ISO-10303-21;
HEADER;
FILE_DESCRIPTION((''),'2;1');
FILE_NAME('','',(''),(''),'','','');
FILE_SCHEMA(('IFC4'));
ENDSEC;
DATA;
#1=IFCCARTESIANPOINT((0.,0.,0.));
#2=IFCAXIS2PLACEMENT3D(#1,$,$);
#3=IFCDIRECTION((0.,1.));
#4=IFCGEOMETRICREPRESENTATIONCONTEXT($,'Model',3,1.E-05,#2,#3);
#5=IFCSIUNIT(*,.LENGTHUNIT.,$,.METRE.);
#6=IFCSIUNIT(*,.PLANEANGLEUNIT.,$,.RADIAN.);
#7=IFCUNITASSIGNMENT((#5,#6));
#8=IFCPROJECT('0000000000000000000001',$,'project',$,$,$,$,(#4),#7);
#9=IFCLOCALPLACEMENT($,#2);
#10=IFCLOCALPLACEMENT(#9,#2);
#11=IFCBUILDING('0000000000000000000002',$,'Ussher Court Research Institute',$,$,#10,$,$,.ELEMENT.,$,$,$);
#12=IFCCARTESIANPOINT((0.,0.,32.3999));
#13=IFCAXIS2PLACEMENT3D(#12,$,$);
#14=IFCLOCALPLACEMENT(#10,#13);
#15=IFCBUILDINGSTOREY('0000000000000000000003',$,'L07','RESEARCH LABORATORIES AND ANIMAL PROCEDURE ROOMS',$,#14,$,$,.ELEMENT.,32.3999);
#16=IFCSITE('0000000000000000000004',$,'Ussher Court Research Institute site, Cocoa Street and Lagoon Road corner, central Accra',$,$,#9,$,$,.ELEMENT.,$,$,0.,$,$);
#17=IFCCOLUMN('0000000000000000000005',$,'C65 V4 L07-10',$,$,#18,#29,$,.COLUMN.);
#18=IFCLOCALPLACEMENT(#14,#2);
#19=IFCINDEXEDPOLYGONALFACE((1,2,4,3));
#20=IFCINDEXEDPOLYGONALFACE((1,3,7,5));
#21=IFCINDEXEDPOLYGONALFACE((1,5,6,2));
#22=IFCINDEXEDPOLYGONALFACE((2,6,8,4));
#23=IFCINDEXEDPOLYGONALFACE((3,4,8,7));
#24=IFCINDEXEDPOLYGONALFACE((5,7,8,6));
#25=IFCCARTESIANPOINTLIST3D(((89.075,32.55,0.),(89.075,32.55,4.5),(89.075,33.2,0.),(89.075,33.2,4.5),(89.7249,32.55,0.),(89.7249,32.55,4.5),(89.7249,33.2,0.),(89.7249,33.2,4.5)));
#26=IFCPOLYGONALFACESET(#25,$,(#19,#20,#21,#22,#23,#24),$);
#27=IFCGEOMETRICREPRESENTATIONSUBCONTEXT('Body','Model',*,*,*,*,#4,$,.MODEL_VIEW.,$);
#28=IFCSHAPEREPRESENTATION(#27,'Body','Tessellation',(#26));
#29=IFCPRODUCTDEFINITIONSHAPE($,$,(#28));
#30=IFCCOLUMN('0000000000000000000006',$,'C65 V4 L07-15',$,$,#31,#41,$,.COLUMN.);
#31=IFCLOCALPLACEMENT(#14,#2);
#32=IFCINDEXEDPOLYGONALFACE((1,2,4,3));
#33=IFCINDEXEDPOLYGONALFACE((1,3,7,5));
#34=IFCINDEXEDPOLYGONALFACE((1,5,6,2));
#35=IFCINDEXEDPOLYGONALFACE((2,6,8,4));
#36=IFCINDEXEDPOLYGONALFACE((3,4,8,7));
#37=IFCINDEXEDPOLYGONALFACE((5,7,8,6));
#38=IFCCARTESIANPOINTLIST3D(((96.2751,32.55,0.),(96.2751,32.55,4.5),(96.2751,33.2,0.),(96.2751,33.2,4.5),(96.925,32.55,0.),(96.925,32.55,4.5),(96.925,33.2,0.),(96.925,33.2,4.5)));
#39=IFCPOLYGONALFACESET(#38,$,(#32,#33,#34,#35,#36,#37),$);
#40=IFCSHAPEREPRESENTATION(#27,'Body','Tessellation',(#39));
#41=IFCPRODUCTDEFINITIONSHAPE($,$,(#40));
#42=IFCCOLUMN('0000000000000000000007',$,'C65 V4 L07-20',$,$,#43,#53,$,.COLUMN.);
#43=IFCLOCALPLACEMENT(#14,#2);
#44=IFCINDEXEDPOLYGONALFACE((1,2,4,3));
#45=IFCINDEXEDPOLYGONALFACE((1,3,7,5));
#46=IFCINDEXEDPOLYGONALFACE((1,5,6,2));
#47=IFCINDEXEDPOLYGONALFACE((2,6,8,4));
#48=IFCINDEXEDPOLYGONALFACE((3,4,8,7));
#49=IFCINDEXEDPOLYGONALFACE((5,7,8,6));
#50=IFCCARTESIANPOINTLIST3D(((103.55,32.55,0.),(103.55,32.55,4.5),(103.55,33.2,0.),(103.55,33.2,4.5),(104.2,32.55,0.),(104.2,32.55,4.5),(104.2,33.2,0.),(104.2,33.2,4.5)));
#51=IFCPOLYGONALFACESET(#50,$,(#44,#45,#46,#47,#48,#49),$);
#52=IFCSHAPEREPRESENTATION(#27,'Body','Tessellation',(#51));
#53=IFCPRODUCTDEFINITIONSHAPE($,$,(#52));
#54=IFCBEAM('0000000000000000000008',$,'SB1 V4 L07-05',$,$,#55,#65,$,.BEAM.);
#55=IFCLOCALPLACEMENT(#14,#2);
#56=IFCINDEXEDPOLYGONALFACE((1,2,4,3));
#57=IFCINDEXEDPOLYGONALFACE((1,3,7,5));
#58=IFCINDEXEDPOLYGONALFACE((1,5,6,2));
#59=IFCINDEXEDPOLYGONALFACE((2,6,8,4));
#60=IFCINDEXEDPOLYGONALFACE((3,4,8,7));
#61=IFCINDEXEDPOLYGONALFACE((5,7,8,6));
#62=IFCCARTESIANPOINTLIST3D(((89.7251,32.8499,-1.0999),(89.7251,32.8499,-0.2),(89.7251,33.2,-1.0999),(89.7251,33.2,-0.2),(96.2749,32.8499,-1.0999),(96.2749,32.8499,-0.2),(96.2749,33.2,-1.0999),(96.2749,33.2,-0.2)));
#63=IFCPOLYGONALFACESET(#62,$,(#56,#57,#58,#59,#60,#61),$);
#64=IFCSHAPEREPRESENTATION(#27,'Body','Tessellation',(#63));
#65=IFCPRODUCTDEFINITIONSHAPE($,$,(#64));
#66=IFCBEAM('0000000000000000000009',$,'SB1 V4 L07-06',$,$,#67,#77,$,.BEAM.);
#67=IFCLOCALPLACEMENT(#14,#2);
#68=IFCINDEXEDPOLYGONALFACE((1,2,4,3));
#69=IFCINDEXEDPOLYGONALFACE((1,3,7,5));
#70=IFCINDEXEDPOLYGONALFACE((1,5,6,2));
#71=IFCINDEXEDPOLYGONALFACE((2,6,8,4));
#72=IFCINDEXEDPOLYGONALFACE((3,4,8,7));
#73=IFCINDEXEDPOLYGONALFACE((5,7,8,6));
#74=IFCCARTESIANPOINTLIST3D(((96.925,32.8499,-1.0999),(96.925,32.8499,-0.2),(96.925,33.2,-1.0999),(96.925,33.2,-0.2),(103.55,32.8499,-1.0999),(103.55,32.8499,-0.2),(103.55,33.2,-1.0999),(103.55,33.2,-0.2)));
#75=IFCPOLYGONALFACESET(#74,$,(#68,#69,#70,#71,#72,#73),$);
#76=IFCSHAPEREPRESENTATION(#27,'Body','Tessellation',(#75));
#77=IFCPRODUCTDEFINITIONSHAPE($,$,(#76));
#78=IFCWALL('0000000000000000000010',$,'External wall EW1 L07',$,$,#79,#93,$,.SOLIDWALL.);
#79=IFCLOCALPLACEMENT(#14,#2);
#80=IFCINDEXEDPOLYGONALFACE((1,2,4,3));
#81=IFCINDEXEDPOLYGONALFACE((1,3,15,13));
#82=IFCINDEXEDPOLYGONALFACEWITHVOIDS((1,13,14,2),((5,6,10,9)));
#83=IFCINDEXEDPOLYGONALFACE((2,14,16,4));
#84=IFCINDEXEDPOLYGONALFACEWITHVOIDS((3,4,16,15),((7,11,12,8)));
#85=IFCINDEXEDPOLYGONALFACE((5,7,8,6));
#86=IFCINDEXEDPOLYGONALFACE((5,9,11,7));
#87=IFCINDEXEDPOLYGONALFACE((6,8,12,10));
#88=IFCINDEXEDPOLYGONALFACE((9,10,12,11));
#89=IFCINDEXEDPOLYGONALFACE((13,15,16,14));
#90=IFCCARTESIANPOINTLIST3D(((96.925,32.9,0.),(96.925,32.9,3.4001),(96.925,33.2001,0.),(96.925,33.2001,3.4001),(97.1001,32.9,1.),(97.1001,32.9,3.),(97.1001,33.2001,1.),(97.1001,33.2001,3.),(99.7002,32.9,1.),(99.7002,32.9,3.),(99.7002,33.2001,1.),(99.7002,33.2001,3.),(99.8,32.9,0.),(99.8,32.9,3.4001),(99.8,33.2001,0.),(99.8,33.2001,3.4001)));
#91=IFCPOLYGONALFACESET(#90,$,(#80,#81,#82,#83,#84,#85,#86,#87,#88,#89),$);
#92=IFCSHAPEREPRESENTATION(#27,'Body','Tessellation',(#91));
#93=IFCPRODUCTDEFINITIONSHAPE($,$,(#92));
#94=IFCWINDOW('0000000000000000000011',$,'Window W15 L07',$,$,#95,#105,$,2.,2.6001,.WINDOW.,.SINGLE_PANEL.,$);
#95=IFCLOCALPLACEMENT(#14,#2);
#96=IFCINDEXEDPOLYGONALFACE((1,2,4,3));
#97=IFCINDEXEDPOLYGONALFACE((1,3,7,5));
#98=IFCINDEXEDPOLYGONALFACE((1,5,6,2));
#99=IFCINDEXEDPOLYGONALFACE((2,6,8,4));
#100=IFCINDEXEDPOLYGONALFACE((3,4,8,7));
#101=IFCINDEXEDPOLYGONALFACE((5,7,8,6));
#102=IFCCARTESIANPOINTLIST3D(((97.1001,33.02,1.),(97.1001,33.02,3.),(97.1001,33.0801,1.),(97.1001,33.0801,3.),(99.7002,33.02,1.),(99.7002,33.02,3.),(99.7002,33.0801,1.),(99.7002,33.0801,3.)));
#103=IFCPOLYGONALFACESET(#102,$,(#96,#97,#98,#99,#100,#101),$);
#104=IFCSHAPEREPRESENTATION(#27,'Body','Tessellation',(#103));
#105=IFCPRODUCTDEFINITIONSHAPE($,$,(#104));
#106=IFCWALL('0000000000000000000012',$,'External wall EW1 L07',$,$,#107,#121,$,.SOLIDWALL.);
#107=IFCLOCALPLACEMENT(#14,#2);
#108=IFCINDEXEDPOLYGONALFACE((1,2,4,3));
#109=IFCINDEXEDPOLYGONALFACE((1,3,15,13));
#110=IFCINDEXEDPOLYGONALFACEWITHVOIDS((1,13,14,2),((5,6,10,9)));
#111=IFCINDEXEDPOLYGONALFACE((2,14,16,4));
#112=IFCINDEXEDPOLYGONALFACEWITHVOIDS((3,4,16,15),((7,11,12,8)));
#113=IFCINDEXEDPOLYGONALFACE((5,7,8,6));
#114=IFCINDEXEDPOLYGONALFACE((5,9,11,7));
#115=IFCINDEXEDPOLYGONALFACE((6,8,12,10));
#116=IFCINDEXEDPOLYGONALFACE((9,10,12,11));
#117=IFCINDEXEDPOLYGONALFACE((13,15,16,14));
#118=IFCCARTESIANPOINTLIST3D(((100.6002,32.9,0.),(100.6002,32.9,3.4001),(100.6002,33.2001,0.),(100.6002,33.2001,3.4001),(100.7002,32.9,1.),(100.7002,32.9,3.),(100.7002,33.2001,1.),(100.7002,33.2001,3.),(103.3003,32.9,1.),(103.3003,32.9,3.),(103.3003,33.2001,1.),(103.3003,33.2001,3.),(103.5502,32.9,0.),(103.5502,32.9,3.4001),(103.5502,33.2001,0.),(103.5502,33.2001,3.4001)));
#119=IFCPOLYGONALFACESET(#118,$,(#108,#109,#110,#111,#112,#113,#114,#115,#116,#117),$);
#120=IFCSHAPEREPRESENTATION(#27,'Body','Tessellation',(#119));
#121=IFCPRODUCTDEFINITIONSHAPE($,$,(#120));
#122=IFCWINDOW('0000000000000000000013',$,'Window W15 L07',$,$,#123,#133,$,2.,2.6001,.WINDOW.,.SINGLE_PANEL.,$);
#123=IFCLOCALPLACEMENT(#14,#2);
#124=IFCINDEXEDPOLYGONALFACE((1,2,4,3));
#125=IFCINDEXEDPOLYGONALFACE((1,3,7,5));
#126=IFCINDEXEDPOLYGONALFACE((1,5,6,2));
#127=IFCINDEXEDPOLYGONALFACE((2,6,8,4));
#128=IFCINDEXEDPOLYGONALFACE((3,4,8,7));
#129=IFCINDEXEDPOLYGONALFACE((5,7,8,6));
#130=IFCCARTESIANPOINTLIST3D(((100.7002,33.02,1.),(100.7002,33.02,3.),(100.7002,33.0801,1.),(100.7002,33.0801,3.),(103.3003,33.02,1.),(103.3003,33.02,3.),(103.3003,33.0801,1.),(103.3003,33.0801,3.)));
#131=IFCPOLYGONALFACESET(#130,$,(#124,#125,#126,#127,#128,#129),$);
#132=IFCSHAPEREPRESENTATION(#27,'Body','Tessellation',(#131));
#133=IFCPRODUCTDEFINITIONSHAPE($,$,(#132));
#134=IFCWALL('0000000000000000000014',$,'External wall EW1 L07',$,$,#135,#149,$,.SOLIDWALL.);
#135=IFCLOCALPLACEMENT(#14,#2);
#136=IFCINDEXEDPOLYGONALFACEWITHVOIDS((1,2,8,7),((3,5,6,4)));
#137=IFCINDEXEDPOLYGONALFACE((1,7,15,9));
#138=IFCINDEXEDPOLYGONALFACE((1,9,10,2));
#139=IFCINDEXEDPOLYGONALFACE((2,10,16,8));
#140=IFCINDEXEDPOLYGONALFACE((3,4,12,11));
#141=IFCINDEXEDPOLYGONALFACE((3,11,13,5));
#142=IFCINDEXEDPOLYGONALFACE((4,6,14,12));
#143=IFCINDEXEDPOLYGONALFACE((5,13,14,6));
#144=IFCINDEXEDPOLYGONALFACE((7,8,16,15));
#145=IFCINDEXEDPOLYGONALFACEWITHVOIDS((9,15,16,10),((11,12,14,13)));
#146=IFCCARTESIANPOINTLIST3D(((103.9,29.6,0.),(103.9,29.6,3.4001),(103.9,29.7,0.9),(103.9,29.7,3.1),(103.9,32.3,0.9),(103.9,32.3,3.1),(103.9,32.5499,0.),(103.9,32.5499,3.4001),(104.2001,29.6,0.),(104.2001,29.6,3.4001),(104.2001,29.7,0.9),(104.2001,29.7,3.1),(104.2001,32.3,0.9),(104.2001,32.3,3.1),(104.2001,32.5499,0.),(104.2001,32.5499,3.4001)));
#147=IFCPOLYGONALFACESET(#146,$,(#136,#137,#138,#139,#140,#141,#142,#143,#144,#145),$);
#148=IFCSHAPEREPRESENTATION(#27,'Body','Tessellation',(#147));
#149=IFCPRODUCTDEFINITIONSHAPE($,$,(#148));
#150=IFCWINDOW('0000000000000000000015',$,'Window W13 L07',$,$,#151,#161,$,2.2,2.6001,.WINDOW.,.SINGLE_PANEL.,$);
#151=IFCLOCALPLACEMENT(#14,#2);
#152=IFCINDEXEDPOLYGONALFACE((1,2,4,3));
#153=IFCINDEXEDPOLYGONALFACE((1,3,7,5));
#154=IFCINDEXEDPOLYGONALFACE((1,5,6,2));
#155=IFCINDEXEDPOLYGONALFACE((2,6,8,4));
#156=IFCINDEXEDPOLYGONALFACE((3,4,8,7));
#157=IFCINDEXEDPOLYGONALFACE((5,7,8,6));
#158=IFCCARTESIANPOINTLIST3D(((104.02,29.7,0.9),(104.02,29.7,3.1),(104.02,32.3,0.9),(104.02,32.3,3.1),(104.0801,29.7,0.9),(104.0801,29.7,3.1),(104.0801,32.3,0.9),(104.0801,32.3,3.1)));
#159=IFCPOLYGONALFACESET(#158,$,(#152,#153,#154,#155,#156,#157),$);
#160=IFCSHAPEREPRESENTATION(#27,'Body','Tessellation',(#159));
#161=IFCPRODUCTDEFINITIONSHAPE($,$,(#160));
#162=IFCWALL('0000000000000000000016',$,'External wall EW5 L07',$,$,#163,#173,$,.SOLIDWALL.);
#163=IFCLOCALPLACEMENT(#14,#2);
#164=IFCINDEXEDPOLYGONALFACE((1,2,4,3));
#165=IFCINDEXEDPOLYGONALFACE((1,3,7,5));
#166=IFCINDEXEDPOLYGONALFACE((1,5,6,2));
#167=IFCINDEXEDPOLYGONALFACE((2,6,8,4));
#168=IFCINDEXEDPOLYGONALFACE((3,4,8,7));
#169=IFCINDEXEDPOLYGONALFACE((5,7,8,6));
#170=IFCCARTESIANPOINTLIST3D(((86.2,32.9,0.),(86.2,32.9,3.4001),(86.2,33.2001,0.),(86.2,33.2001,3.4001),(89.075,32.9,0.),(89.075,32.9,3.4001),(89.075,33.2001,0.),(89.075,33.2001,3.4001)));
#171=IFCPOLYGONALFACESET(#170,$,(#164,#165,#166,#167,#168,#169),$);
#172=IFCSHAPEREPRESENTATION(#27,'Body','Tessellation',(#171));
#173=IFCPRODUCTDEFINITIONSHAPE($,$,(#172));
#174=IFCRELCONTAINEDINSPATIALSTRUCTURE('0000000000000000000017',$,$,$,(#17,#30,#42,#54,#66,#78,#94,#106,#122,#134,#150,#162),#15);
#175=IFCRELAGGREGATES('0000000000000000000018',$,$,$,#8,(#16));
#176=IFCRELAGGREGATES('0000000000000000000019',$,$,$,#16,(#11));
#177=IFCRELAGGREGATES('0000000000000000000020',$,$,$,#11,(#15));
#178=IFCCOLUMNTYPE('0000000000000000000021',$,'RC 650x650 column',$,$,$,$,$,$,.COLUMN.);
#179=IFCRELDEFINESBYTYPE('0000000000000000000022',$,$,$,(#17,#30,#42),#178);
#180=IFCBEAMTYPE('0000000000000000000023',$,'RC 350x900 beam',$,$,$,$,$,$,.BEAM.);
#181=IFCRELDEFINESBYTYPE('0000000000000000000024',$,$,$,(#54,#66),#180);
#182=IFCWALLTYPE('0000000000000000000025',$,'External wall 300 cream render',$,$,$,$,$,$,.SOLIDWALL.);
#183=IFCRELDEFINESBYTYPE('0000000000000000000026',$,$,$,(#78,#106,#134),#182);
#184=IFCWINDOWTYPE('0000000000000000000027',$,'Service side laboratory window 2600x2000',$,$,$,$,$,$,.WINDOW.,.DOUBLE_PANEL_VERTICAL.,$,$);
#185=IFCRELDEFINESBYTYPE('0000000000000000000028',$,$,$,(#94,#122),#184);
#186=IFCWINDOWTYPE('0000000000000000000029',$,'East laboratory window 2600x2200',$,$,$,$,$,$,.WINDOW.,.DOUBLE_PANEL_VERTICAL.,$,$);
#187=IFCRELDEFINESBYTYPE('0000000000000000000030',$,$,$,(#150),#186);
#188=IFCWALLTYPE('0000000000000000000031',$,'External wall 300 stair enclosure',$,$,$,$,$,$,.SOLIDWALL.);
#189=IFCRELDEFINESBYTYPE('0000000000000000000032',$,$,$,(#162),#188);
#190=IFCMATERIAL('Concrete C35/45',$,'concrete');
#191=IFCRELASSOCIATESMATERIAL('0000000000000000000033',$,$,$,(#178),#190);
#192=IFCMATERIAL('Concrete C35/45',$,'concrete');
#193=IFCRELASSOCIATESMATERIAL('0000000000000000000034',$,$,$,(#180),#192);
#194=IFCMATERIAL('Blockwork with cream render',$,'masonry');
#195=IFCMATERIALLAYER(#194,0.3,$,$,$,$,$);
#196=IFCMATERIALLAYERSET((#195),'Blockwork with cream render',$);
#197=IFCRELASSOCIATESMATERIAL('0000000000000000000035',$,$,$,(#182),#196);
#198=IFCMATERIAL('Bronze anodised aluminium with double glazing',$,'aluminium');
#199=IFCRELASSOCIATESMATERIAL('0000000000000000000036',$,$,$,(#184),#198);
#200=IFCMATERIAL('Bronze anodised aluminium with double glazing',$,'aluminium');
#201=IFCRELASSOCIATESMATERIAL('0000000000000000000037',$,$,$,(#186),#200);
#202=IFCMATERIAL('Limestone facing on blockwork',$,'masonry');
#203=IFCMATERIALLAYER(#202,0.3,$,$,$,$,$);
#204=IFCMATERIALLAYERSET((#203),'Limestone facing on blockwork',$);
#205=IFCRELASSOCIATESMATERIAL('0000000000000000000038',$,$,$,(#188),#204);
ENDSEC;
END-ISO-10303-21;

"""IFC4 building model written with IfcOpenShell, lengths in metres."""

from ifc_helpers import new_model, si_unit, direction, frame, frame_2d, origin, origin_2d, place, context, subcontext, project, spatial, rectangle, extrude, material, layer, layer_set, material_profile, profile_set, type_object, element, fill, save


model = new_model("IFC4")

# Units and contexts
model_context = context("Model", 3, precision=1e-05, world=origin(), true_north=direction((0.0, 1.0)))
body_context = subcontext(model_context, "Body", "Model", "MODEL_VIEW")
ifc_project = project(units=[si_unit("LENGTHUNIT", "METRE"), si_unit("PLANEANGLEUNIT", "RADIAN")], contexts=[model_context])

# Site, building, storey
site_placement = place(None, origin())
site = spatial("IfcSite", under=ifc_project, at=site_placement, Name="Ussher Court Research Institute site, Cocoa Street and Lagoon Road corner, central Accra", CompositionType="ELEMENT", RefElevation=0.0)
building_placement = place(site_placement, origin())
building = spatial("IfcBuilding", under=site, at=building_placement, Name="Ussher Court Research Institute", CompositionType="ELEMENT")
storey_placement = place(building_placement, frame((0.0, 0.0, 32.3999)))
storey = spatial("IfcBuildingStorey", under=building, at=storey_placement, Name="L07", Description="RESEARCH LABORATORIES AND ANIMAL PROCEDURE ROOMS", CompositionType="ELEMENT", Elevation=32.3999)

# Columns
ifc_material_1 = material(Name="Concrete C35/45", Category="concrete")
ifc_material_profile_1 = material_profile(ifc_material_1, rectangle(XDim=0.6499, YDim=0.6499, at=origin_2d()), Name="RC 650x650")
ifc_profile_set_1 = profile_set([ifc_material_profile_1], Name="Concrete C35/45")
column_type = type_object("IfcColumnType", Name="RC 650x650 column", PredefinedType="COLUMN", material=ifc_profile_set_1)
for number, where, z_axis, x_axis, name in (
    (1, (89.3999, 32.875, 0.0), (0.0, 0.0, 1.0), (1.0, 0.0, 0.0), "C65 V4 L07-10"),
    (2, (96.6001, 32.875, 0.0), (0.0, 0.0, 1.0), (1.0, 0.0, 0.0), "C65 V4 L07-15"),
    (3, (103.875, 32.875, 0.0), (0.0, 0.0, 1.0), (1.0, 0.0, 0.0), "C65 V4 L07-20"),
):
    element("IfcColumn", number, at=place(storey_placement, frame(where, z_axis=z_axis, x_axis=x_axis)), inside=storey, type_object=column_type, Name=name, PredefinedType="COLUMN", context=body_context, shape_type="SweptSolid", body=[
        extrude(rectangle(XDim=0.6499, YDim=0.6499, at=origin_2d()), origin(), (0.0, 0.0, 1.0), 4.5),
    ])

# Beams
ifc_material_2 = material(Name="Concrete C35/45", Category="concrete")
ifc_material_profile_2 = material_profile(ifc_material_2, rectangle(XDim=0.3501, YDim=0.8999, at=origin_2d()), Name="RC 350x900")
ifc_profile_set_2 = profile_set([ifc_material_profile_2], Name="Concrete C35/45")
beam_type = type_object("IfcBeamType", Name="RC 350x900 beam", PredefinedType="BEAM", material=ifc_profile_set_2)
beam_1_placement = place(storey_placement, frame((89.7251, 33.0249, -0.6499), z_axis=(1.0, 0.0, 0.0), x_axis=(0.0, 1.0, 0.0)))
element("IfcBeam", 4, at=beam_1_placement, inside=storey, type_object=beam_type, Name="SB1 V4 L07-05", PredefinedType="BEAM", context=body_context, shape_type="SweptSolid", body=[
    extrude(rectangle(XDim=0.3501, YDim=0.8999, at=origin_2d()), origin(), (0.0, 0.0, 1.0), 6.5498),
])
beam_2_placement = place(storey_placement, frame((96.925, 33.0249, -0.6499), z_axis=(1.0, 0.0, 0.0), x_axis=(0.0, 1.0, 0.0)))
element("IfcBeam", 5, at=beam_2_placement, inside=storey, type_object=beam_type, Name="SB1 V4 L07-06", PredefinedType="BEAM", context=body_context, shape_type="SweptSolid", body=[
    extrude(rectangle(XDim=0.3501, YDim=0.8999, at=origin_2d()), origin(), (0.0, 0.0, 1.0), 6.625),
])

# Walls, openings, windows
ifc_material_3 = material(Name="Blockwork with cream render", Category="masonry")
ifc_layer_1 = layer(ifc_material_3, 0.3)
ifc_layer_set_1 = layer_set([ifc_layer_1], Name="Blockwork with cream render")
wall_type_1 = type_object("IfcWallType", Name="External wall 300 cream render", PredefinedType="SOLIDWALL", material=ifc_layer_set_1)
wall_1_placement = place(storey_placement, frame((96.925, 33.05, 0.0), z_axis=(0.0, 0.0, 1.0), x_axis=(1.0, 0.0, 0.0)))
wall_1 = element("IfcWall", 6, at=wall_1_placement, inside=storey, type_object=wall_type_1, Name="External wall EW1 L07", PredefinedType="SOLIDWALL", context=body_context, shape_type="SweptSolid", body=[
    extrude(rectangle(XDim=2.875, YDim=0.3, at=frame_2d((1.4375, 0.0))), origin(), (0.0, 0.0, 1.0), 3.4001),
])
opening_1_placement = place(wall_1_placement, frame((0.175, 0.0, 1.0)))
opening_1 = element("IfcOpeningElement", 7, at=opening_1_placement, cuts=wall_1, PredefinedType="OPENING", context=body_context, shape_type="SweptSolid", body=[
    extrude(rectangle(XDim=2.6001, YDim=2.0, at=frame_2d((1.3, 1.0))), frame((0.0, 0.1602, 0.0), z_axis=(0.0, -1.0, 0.0), x_axis=(1.0, 0.0, 0.0)), (0.0, 0.0, 1.0), 0.3201),
])
ifc_material_4 = material(Name="Bronze anodised aluminium with double glazing", Category="aluminium")
window_type_1 = type_object("IfcWindowType", Name="Service side laboratory window 2600x2000", PartitioningType="DOUBLE_PANEL_VERTICAL", PredefinedType="WINDOW", material=ifc_material_4)
window_1_placement = place(opening_1_placement, origin())
window_1 = element("IfcWindow", 8, at=window_1_placement, inside=storey, type_object=window_type_1, Name="Window W15 L07", OverallHeight=2.0, OverallWidth=2.6001, PartitioningType="SINGLE_PANEL", PredefinedType="WINDOW", context=body_context, shape_type="SweptSolid", body=[
    extrude(rectangle(XDim=2.6001, YDim=2.0, at=frame_2d((1.3, 1.0))), frame((0.0, 0.03, 0.0), z_axis=(0.0, -1.0, 0.0), x_axis=(1.0, 0.0, 0.0)), (0.0, 0.0, 1.0), 0.0601),
])
fill(opening_1, window_1)
wall_2_placement = place(storey_placement, frame((100.6001, 33.05, 0.0), z_axis=(0.0, 0.0, 1.0), x_axis=(1.0, 0.0, 0.0)))
wall_2 = element("IfcWall", 9, at=wall_2_placement, inside=storey, type_object=wall_type_1, Name="External wall EW1 L07", PredefinedType="SOLIDWALL", context=body_context, shape_type="SweptSolid", body=[
    extrude(rectangle(XDim=2.95, YDim=0.3, at=frame_2d((1.4751, 0.0))), origin(), (0.0, 0.0, 1.0), 3.4001),
])
opening_2_placement = place(wall_2_placement, frame((0.1001, 0.0, 1.0)))
opening_2 = element("IfcOpeningElement", 10, at=opening_2_placement, cuts=wall_2, PredefinedType="OPENING", context=body_context, shape_type="SweptSolid", body=[
    extrude(rectangle(XDim=2.6001, YDim=2.0, at=frame_2d((1.3, 1.0))), frame((0.0, 0.1602, 0.0), z_axis=(0.0, -1.0, 0.0), x_axis=(1.0, 0.0, 0.0)), (0.0, 0.0, 1.0), 0.3201),
])
window_2_placement = place(opening_2_placement, origin())
window_2 = element("IfcWindow", 11, at=window_2_placement, inside=storey, type_object=window_type_1, Name="Window W15 L07", OverallHeight=2.0, OverallWidth=2.6001, PartitioningType="SINGLE_PANEL", PredefinedType="WINDOW", context=body_context, shape_type="SweptSolid", body=[
    extrude(rectangle(XDim=2.6001, YDim=2.0, at=frame_2d((1.3, 1.0))), frame((0.0, 0.03, 0.0), z_axis=(0.0, -1.0, 0.0), x_axis=(1.0, 0.0, 0.0)), (0.0, 0.0, 1.0), 0.0601),
])
fill(opening_2, window_2)
wall_3_placement = place(storey_placement, frame((104.05, 32.55, 0.0), z_axis=(0.0, 0.0, 1.0), x_axis=(0.0, -1.0, 0.0)))
wall_3 = element("IfcWall", 12, at=wall_3_placement, inside=storey, type_object=wall_type_1, Name="External wall EW1 L07", PredefinedType="SOLIDWALL", context=body_context, shape_type="SweptSolid", body=[
    extrude(rectangle(XDim=2.95, YDim=0.3, at=frame_2d((1.4751, 0.0))), origin(), (0.0, 0.0, 1.0), 3.4001),
])
opening_3_placement = place(wall_3_placement, frame((0.25, 0.0, 0.8999)))
opening_3 = element("IfcOpeningElement", 13, at=opening_3_placement, cuts=wall_3, PredefinedType="OPENING", context=body_context, shape_type="SweptSolid", body=[
    extrude(rectangle(XDim=2.6001, YDim=2.2, at=frame_2d((1.3, 1.1001))), frame((0.0, 0.1602, 0.0), z_axis=(0.0, -1.0, 0.0), x_axis=(1.0, 0.0, 0.0)), (0.0, 0.0, 1.0), 0.3201),
])
ifc_material_5 = material(Name="Bronze anodised aluminium with double glazing", Category="aluminium")
window_type_2 = type_object("IfcWindowType", Name="East laboratory window 2600x2200", PartitioningType="DOUBLE_PANEL_VERTICAL", PredefinedType="WINDOW", material=ifc_material_5)
window_3_placement = place(opening_3_placement, origin())
window_3 = element("IfcWindow", 14, at=window_3_placement, inside=storey, type_object=window_type_2, Name="Window W13 L07", OverallHeight=2.2, OverallWidth=2.6001, PartitioningType="SINGLE_PANEL", PredefinedType="WINDOW", context=body_context, shape_type="SweptSolid", body=[
    extrude(rectangle(XDim=2.6001, YDim=2.2, at=frame_2d((1.3, 1.1001))), frame((0.0, 0.03, 0.0), z_axis=(0.0, -1.0, 0.0), x_axis=(1.0, 0.0, 0.0)), (0.0, 0.0, 1.0), 0.0601),
])
fill(opening_3, window_3)

# Wall
ifc_material_6 = material(Name="Limestone facing on blockwork", Category="masonry")
ifc_layer_2 = layer(ifc_material_6, 0.3)
ifc_layer_set_2 = layer_set([ifc_layer_2], Name="Limestone facing on blockwork")
wall_type_2 = type_object("IfcWallType", Name="External wall 300 stair enclosure", PredefinedType="SOLIDWALL", material=ifc_layer_set_2)
for number, where, z_axis, x_axis, name in (
    (15, (86.2, 33.05, 0.0), (0.0, 0.0, 1.0), (1.0, 0.0, 0.0), "External wall EW5 L07"),
):
    element("IfcWall", number, at=place(storey_placement, frame(where, z_axis=z_axis, x_axis=x_axis)), inside=storey, type_object=wall_type_2, Name=name, PredefinedType="SOLIDWALL", context=body_context, shape_type="SweptSolid", body=[
        extrude(rectangle(XDim=2.875, YDim=0.3, at=frame_2d((1.4375, 0.0))), origin(), (0.0, 0.0, 1.0), 3.4001),
    ])

save(model, "model.ifc")
